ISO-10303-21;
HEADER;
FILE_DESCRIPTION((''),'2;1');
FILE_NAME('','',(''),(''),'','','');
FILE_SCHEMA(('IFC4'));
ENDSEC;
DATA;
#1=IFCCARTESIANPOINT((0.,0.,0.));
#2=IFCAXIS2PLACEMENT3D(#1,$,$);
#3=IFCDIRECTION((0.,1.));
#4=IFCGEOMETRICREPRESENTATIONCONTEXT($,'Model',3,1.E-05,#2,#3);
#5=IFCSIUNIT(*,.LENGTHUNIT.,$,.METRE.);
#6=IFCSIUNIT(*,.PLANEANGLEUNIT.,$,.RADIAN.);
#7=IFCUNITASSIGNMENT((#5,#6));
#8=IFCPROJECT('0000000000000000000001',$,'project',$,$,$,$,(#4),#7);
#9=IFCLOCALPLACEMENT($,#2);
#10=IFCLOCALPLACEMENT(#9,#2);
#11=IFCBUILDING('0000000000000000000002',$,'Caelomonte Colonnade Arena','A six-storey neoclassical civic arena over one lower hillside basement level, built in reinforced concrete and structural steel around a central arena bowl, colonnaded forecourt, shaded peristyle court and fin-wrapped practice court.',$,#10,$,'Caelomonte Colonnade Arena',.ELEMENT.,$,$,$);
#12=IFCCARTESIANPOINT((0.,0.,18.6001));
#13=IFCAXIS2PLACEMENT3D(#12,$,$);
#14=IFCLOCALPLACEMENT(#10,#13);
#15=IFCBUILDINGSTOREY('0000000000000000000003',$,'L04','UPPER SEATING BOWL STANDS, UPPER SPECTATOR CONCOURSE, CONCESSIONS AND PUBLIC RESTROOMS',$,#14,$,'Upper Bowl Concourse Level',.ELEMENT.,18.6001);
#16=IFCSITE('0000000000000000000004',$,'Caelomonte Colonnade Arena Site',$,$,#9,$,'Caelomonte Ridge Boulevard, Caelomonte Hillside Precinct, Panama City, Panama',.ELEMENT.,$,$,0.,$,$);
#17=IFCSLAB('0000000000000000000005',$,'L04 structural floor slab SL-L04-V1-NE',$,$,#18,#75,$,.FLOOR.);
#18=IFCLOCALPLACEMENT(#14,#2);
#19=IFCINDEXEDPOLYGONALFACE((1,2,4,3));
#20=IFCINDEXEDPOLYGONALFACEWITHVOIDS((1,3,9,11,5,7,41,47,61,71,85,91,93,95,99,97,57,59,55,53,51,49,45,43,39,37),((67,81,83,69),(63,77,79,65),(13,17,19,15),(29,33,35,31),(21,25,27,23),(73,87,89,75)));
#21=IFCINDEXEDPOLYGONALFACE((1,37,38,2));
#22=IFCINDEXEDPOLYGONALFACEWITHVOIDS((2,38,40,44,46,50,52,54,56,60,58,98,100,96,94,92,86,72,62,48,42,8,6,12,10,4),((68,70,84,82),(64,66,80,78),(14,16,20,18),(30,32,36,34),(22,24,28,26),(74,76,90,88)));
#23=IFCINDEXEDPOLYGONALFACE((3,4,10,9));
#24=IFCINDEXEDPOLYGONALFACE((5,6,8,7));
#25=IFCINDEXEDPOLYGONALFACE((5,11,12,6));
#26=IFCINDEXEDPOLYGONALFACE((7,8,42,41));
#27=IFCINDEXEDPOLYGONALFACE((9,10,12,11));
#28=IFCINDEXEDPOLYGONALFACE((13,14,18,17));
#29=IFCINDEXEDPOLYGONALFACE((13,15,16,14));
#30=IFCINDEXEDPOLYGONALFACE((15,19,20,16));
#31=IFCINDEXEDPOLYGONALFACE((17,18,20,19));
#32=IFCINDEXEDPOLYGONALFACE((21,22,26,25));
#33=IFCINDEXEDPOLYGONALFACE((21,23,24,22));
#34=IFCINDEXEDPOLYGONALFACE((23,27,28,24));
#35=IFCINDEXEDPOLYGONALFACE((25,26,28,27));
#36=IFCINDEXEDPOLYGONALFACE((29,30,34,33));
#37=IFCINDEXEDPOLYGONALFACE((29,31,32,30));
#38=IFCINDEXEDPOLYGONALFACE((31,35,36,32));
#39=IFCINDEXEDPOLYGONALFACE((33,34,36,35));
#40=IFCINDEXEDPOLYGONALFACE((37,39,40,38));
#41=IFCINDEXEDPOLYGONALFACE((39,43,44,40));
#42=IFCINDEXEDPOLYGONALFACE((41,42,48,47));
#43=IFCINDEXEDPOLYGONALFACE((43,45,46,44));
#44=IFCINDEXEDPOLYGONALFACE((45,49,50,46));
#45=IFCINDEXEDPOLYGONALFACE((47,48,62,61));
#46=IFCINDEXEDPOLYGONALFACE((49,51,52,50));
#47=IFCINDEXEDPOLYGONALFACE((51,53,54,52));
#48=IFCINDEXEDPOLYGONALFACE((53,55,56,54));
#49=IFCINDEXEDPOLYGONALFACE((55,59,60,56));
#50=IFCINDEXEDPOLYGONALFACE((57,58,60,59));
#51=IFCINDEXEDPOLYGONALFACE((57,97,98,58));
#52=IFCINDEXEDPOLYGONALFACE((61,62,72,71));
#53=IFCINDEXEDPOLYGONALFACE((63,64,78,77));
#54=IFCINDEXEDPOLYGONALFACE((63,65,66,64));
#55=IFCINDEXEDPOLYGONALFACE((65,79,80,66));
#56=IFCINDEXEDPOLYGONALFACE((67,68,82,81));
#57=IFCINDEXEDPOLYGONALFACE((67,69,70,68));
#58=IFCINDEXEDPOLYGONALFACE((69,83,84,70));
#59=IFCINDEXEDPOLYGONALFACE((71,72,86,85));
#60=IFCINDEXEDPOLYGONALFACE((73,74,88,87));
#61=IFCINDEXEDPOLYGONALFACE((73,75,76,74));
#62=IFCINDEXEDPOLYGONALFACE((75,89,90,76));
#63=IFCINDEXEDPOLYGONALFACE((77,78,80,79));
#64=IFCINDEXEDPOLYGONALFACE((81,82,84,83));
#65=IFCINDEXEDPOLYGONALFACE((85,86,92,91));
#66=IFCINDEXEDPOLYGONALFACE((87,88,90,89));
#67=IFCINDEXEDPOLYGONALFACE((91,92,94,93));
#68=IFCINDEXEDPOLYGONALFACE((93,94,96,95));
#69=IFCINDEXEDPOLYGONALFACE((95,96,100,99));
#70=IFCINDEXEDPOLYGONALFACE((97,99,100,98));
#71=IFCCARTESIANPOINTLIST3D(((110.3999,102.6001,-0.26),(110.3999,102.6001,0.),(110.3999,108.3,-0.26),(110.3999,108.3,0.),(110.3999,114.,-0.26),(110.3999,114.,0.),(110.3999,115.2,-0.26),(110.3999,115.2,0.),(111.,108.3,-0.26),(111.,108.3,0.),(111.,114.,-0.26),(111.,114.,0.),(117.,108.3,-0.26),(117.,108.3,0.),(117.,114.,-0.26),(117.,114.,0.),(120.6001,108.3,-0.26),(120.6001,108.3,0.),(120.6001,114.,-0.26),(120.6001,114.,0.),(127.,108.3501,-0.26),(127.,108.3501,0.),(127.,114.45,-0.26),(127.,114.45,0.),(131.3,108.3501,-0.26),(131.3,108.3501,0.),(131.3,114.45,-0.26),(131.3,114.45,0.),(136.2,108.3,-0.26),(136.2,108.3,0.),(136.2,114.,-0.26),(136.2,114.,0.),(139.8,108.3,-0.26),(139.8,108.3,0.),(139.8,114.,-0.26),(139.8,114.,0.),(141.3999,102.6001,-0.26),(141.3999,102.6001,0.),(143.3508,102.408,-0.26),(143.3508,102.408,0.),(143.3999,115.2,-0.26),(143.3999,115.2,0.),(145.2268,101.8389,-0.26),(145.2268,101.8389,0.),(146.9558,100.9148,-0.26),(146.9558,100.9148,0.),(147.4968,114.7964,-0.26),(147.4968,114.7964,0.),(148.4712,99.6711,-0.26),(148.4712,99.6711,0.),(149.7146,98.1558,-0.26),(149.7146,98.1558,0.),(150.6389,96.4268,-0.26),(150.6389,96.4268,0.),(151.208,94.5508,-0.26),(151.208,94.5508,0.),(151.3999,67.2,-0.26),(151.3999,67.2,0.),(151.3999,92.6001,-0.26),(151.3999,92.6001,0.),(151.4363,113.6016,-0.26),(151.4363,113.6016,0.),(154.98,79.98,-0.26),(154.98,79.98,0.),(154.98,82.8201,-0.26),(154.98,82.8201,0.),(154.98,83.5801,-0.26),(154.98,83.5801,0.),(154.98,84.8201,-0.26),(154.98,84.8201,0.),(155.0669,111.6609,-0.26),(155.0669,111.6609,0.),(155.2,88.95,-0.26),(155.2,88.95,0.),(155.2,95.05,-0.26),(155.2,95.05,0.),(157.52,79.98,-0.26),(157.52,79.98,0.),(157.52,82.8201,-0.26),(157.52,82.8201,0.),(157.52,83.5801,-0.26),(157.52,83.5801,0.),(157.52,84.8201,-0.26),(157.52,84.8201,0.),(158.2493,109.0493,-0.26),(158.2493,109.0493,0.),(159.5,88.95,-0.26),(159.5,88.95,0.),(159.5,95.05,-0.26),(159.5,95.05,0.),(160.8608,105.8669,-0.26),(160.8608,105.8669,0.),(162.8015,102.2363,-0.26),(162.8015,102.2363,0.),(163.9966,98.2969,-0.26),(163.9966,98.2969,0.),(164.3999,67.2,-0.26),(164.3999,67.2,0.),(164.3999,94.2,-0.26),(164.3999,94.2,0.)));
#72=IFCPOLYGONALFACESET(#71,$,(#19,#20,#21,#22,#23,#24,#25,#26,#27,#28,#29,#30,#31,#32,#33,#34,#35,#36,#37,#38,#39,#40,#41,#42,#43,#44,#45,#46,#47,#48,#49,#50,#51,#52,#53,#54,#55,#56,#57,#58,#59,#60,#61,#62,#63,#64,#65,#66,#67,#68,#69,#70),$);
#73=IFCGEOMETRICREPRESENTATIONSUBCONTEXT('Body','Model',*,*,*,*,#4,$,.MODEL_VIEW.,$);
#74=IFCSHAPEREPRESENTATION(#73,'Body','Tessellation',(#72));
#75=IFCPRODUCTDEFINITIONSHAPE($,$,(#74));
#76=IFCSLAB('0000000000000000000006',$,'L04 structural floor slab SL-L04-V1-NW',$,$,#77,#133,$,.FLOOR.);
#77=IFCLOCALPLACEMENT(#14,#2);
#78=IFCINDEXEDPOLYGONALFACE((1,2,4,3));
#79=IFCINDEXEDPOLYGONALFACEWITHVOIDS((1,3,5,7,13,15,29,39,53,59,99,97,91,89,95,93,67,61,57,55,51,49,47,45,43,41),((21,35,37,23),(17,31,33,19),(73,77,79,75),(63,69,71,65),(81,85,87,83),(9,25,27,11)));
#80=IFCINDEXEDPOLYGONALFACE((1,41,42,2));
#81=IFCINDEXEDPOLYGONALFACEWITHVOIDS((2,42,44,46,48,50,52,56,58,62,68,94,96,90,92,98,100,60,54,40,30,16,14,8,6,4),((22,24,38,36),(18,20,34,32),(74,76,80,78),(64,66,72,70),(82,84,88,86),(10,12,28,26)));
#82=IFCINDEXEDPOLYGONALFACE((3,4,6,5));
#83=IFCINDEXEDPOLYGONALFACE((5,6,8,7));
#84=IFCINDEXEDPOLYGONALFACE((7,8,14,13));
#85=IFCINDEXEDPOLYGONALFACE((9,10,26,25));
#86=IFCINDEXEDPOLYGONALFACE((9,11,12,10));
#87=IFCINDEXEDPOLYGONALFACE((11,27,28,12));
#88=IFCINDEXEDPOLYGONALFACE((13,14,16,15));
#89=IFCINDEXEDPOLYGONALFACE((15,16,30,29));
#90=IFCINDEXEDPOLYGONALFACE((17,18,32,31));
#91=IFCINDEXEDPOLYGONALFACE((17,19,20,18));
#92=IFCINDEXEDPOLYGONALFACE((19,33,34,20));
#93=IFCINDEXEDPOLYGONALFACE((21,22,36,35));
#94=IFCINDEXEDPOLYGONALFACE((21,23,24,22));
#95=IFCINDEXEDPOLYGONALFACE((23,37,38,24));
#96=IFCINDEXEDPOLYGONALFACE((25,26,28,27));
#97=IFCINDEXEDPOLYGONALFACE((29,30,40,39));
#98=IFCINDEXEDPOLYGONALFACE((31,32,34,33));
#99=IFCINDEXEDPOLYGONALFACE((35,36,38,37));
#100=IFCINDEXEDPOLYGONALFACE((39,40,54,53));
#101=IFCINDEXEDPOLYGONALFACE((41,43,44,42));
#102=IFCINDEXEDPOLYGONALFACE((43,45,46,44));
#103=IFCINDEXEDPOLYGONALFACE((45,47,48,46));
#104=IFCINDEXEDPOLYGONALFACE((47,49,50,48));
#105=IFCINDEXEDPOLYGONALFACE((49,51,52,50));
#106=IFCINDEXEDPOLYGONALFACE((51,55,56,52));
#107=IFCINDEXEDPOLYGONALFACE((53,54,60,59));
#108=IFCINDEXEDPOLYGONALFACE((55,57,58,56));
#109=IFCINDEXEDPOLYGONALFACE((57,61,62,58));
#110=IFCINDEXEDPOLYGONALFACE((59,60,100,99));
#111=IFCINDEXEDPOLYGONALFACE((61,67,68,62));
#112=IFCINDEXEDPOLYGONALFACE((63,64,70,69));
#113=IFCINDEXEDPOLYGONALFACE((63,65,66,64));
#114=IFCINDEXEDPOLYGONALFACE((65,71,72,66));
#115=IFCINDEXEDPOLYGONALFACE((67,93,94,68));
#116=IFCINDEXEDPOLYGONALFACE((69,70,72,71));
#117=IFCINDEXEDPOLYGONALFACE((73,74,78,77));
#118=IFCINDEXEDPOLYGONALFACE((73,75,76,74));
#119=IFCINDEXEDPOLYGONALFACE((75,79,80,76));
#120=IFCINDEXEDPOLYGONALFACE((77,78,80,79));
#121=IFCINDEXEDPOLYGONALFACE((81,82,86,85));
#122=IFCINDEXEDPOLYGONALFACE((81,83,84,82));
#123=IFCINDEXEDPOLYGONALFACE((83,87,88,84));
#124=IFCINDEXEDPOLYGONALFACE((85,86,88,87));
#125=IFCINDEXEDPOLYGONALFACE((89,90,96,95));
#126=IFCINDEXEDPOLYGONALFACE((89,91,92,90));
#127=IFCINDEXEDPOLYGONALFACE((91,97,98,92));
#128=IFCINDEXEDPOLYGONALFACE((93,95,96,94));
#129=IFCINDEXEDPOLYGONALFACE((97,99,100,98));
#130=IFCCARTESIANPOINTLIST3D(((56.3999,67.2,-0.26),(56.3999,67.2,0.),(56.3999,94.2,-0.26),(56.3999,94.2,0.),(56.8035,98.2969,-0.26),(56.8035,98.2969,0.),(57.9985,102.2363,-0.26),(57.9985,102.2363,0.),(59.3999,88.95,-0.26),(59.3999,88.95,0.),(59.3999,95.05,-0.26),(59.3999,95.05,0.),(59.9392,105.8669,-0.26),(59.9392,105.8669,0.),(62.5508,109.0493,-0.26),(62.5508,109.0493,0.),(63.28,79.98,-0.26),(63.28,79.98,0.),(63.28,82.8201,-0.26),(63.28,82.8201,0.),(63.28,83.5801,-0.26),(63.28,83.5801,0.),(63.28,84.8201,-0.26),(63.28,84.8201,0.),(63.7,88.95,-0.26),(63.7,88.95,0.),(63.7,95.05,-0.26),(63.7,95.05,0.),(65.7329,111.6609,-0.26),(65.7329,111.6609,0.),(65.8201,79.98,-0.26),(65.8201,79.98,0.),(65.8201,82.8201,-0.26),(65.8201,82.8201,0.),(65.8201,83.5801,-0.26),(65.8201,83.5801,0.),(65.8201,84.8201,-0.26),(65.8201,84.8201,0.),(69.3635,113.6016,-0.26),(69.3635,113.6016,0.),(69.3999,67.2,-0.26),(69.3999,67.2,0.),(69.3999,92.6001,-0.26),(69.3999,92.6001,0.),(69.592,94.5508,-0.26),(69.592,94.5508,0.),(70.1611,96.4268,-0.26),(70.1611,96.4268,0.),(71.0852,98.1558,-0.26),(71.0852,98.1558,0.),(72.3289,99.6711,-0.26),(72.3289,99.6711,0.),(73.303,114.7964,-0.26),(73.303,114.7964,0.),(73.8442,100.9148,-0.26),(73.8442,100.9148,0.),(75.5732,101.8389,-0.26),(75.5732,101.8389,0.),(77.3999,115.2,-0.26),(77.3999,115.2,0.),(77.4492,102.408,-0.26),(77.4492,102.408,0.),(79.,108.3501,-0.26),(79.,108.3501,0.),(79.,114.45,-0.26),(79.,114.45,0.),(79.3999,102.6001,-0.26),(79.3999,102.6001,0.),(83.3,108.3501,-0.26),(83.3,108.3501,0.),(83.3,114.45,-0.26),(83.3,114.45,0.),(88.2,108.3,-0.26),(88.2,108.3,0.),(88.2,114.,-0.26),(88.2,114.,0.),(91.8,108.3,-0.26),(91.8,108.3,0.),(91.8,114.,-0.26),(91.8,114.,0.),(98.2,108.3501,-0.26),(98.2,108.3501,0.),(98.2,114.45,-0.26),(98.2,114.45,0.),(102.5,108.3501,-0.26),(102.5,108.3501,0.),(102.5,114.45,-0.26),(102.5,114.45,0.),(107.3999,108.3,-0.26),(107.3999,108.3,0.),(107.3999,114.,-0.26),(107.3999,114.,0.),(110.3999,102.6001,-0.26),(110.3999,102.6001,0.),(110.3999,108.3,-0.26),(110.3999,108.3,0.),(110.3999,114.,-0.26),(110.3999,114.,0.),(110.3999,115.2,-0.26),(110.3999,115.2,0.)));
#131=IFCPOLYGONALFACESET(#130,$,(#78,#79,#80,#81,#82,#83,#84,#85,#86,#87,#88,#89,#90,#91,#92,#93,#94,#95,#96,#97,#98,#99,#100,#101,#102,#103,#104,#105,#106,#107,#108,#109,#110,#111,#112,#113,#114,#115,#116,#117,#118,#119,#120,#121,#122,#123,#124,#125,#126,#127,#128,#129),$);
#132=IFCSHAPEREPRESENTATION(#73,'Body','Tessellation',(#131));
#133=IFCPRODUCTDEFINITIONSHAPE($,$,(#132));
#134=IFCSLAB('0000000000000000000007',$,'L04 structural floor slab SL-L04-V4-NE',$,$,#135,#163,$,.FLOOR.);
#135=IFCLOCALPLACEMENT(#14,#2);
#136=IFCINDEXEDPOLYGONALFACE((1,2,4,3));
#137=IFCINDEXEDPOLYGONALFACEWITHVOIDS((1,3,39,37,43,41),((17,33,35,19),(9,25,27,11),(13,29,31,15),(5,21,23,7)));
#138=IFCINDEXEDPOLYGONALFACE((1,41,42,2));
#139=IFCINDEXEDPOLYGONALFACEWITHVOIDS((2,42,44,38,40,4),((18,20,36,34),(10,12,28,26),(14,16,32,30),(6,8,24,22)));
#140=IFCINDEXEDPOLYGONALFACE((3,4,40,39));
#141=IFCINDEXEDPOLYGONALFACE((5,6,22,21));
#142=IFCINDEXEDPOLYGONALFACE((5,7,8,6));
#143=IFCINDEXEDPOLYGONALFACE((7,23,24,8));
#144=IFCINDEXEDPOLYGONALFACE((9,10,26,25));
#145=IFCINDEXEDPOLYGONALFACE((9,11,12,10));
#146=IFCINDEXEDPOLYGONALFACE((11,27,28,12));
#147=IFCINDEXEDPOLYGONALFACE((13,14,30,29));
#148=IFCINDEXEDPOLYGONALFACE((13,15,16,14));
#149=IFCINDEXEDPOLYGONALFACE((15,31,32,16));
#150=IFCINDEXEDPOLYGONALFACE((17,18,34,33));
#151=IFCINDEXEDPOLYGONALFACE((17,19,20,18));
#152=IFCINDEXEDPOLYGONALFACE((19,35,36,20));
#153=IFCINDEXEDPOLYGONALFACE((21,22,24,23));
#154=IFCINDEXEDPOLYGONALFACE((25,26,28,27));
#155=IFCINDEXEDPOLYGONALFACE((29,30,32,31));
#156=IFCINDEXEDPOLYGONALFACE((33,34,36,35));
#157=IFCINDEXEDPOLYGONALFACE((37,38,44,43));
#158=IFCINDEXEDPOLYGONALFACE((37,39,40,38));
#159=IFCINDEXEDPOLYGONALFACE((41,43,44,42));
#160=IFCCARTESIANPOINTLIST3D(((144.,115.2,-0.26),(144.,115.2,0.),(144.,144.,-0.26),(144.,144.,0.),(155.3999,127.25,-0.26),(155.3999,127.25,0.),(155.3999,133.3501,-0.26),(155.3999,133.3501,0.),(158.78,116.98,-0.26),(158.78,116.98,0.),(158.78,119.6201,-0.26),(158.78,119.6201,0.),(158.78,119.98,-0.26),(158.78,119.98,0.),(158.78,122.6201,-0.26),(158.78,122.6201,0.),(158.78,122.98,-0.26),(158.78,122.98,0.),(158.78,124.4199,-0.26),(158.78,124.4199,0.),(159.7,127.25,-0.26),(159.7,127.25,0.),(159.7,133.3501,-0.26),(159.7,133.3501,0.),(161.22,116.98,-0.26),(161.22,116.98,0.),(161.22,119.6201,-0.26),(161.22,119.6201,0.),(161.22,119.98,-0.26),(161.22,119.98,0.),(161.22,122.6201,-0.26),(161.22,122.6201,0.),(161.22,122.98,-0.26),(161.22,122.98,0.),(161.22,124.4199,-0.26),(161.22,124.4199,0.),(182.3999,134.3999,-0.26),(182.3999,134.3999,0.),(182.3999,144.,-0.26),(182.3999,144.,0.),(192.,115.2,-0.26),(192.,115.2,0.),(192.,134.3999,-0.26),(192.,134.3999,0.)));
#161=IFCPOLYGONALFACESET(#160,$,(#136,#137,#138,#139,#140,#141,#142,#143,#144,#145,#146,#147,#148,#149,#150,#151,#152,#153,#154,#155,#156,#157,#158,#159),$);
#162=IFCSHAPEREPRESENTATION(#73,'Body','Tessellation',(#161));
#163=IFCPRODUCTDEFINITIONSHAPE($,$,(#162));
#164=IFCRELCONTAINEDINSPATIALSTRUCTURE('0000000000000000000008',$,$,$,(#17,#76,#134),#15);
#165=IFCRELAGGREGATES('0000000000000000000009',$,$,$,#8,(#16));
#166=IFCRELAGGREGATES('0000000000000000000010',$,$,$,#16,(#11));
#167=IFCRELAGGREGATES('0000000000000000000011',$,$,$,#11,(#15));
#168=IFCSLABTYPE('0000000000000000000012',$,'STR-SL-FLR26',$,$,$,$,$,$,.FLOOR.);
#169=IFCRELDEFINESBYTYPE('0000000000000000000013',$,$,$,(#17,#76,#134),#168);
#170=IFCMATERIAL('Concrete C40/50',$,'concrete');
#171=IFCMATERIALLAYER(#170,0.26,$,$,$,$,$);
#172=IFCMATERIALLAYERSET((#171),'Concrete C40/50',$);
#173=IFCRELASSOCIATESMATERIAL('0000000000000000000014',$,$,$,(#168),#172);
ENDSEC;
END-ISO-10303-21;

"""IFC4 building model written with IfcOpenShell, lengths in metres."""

from ifc_helpers import new_model, si_unit, direction, frame, origin, place, context, subcontext, project, spatial, polyline, outline, extrude, material, layer, layer_set, type_object, element, save


model = new_model("IFC4")

# Units and contexts
model_context = context("Model", 3, precision=1e-05, world=origin(), true_north=direction((0.0, 1.0)))
body_context = subcontext(model_context, "Body", "Model", "MODEL_VIEW")
ifc_project = project(units=[si_unit("LENGTHUNIT", "METRE"), si_unit("PLANEANGLEUNIT", "RADIAN")], contexts=[model_context])

# Site, building, storey
site_placement = place(None, origin())
site = spatial("IfcSite", under=ifc_project, at=site_placement, Name="Caelomonte Colonnade Arena Site", LongName="Caelomonte Ridge Boulevard, Caelomonte Hillside Precinct, Panama City, Panama", CompositionType="ELEMENT", RefElevation=0.0)
building_placement = place(site_placement, origin())
building = spatial("IfcBuilding", under=site, at=building_placement, Name="Caelomonte Colonnade Arena", Description="A six-storey neoclassical civic arena over one lower hillside basement level, built in reinforced concrete and structural steel around a central arena bowl, colonnaded forecourt, shaded peristyle court and fin-wrapped practice court.", LongName="Caelomonte Colonnade Arena", CompositionType="ELEMENT")
storey_placement = place(building_placement, frame((0.0, 0.0, 18.6001)))
storey = spatial("IfcBuildingStorey", under=building, at=storey_placement, Name="L04", Description="UPPER SEATING BOWL STANDS, UPPER SPECTATOR CONCOURSE, CONCESSIONS AND PUBLIC RESTROOMS", LongName="Upper Bowl Concourse Level", CompositionType="ELEMENT", Elevation=18.6001)

# Shared definitions
ifc_material_1 = material(Name="Concrete C40/50", Category="concrete")

# Slabs
ifc_layer_1 = layer(ifc_material_1, 0.26)
ifc_layer_set_1 = layer_set([ifc_layer_1], Name="Concrete C40/50")
slab_type_1 = type_object("IfcSlabType", Name="STR-SL-FLR26", PredefinedType="FLOOR", material=ifc_layer_set_1)
slab_1_placement = place(storey_placement, frame((0.0, 0.0, -0.26)))
element("IfcSlab", 1, at=slab_1_placement, inside=storey, type_object=slab_type_1, Name="L04 structural floor slab SL-L04-V1-NE", PredefinedType="FLOOR", context=body_context, shape_type="SweptSolid", body=[
    extrude(outline(polyline([(143.3999, 115.2), (110.3999, 115.2), (110.3999, 114.0), (111.0, 114.0), (111.0, 108.3), (110.3999, 108.3), (110.3999, 102.6001), (141.3999, 102.6001), (143.3508, 102.408), (145.2268, 101.8389), (146.9558, 100.9148), (148.4712, 99.6711), (149.7146, 98.1558), (150.6389, 96.4268), (151.208, 94.5508), (151.3999, 92.6001), (151.3999, 67.2), (164.3999, 67.2), (164.3999, 94.2), (163.9966, 98.2969), (162.8015, 102.2363), (160.8608, 105.8669), (158.2493, 109.0493), (155.0669, 111.6609), (151.4363, 113.6016), (147.4968, 114.7964), (143.3999, 115.2)]), holes=[polyline([(117.0, 108.3), (117.0, 114.0), (120.6001, 114.0), (120.6001, 108.3), (117.0, 108.3)]), polyline([(154.98, 79.98), (154.98, 82.8201), (157.52, 82.8201), (157.52, 79.98), (154.98, 79.98)]), polyline([(154.98, 83.5801), (154.98, 84.8201), (157.52, 84.8201), (157.52, 83.5801), (154.98, 83.5801)]), polyline([(155.2, 88.95), (155.2, 95.05), (159.5, 95.05), (159.5, 88.95), (155.2, 88.95)]), polyline([(136.2, 108.3), (136.2, 114.0), (139.8, 114.0), (139.8, 108.3), (136.2, 108.3)]), polyline([(127.0, 108.3501), (127.0, 114.45), (131.3, 114.45), (131.3, 108.3501), (127.0, 108.3501)])]), origin(), (0.0, 0.0, 1.0), 0.26),
])
slab_2_placement = place(storey_placement, frame((0.0, 0.0, -0.26)))
element("IfcSlab", 2, at=slab_2_placement, inside=storey, type_object=slab_type_1, Name="L04 structural floor slab SL-L04-V1-NW", PredefinedType="FLOOR", context=body_context, shape_type="SweptSolid", body=[
    extrude(outline(polyline([(56.3999, 94.2), (56.3999, 67.2), (69.3999, 67.2), (69.3999, 92.6001), (69.592, 94.5508), (70.1611, 96.4268), (71.0852, 98.1558), (72.3289, 99.6711), (73.8442, 100.9148), (75.5732, 101.8389), (77.4492, 102.408), (79.3999, 102.6001), (110.3999, 102.6001), (110.3999, 108.3), (107.3999, 108.3), (107.3999, 114.0), (110.3999, 114.0), (110.3999, 115.2), (77.3999, 115.2), (73.303, 114.7964), (69.3635, 113.6016), (65.7329, 111.6609), (62.5508, 109.0493), (59.9392, 105.8669), (57.9985, 102.2363), (56.8035, 98.2969), (56.3999, 94.2)]), holes=[polyline([(63.28, 79.98), (63.28, 82.8201), (65.8201, 82.8201), (65.8201, 79.98), (63.28, 79.98)]), polyline([(63.28, 83.5801), (63.28, 84.8201), (65.8201, 84.8201), (65.8201, 83.5801), (63.28, 83.5801)]), polyline([(59.3999, 88.95), (59.3999, 95.05), (63.7, 95.05), (63.7, 88.95), (59.3999, 88.95)]), polyline([(88.2, 108.3), (88.2, 114.0), (91.8, 114.0), (91.8, 108.3), (88.2, 108.3)]), polyline([(79.0, 108.3501), (79.0, 114.45), (83.3, 114.45), (83.3, 108.3501), (79.0, 108.3501)]), polyline([(98.2, 108.3501), (98.2, 114.45), (102.5, 114.45), (102.5, 108.3501), (98.2, 108.3501)])]), origin(), (0.0, 0.0, 1.0), 0.26),
])
slab_3_placement = place(storey_placement, frame((0.0, 0.0, -0.26)))
element("IfcSlab", 3, at=slab_3_placement, inside=storey, type_object=slab_type_1, Name="L04 structural floor slab SL-L04-V4-NE", PredefinedType="FLOOR", context=body_context, shape_type="SweptSolid", body=[
    extrude(outline(polyline([(144.0, 115.2), (192.0, 115.2), (192.0, 134.3999), (182.3999, 134.3999), (182.3999, 144.0), (144.0, 144.0), (144.0, 115.2)]), holes=[polyline([(158.78, 116.98), (158.78, 119.6201), (161.22, 119.6201), (161.22, 116.98), (158.78, 116.98)]), polyline([(158.78, 119.98), (158.78, 122.6201), (161.22, 122.6201), (161.22, 119.98), (158.78, 119.98)]), polyline([(158.78, 122.98), (158.78, 124.4199), (161.22, 124.4199), (161.22, 122.98), (158.78, 122.98)]), polyline([(155.3999, 127.25), (155.3999, 133.3501), (159.7, 133.3501), (159.7, 127.25), (155.3999, 127.25)])]), origin(), (0.0, 0.0, 1.0), 0.26),
])

save(model, "model.ifc")
